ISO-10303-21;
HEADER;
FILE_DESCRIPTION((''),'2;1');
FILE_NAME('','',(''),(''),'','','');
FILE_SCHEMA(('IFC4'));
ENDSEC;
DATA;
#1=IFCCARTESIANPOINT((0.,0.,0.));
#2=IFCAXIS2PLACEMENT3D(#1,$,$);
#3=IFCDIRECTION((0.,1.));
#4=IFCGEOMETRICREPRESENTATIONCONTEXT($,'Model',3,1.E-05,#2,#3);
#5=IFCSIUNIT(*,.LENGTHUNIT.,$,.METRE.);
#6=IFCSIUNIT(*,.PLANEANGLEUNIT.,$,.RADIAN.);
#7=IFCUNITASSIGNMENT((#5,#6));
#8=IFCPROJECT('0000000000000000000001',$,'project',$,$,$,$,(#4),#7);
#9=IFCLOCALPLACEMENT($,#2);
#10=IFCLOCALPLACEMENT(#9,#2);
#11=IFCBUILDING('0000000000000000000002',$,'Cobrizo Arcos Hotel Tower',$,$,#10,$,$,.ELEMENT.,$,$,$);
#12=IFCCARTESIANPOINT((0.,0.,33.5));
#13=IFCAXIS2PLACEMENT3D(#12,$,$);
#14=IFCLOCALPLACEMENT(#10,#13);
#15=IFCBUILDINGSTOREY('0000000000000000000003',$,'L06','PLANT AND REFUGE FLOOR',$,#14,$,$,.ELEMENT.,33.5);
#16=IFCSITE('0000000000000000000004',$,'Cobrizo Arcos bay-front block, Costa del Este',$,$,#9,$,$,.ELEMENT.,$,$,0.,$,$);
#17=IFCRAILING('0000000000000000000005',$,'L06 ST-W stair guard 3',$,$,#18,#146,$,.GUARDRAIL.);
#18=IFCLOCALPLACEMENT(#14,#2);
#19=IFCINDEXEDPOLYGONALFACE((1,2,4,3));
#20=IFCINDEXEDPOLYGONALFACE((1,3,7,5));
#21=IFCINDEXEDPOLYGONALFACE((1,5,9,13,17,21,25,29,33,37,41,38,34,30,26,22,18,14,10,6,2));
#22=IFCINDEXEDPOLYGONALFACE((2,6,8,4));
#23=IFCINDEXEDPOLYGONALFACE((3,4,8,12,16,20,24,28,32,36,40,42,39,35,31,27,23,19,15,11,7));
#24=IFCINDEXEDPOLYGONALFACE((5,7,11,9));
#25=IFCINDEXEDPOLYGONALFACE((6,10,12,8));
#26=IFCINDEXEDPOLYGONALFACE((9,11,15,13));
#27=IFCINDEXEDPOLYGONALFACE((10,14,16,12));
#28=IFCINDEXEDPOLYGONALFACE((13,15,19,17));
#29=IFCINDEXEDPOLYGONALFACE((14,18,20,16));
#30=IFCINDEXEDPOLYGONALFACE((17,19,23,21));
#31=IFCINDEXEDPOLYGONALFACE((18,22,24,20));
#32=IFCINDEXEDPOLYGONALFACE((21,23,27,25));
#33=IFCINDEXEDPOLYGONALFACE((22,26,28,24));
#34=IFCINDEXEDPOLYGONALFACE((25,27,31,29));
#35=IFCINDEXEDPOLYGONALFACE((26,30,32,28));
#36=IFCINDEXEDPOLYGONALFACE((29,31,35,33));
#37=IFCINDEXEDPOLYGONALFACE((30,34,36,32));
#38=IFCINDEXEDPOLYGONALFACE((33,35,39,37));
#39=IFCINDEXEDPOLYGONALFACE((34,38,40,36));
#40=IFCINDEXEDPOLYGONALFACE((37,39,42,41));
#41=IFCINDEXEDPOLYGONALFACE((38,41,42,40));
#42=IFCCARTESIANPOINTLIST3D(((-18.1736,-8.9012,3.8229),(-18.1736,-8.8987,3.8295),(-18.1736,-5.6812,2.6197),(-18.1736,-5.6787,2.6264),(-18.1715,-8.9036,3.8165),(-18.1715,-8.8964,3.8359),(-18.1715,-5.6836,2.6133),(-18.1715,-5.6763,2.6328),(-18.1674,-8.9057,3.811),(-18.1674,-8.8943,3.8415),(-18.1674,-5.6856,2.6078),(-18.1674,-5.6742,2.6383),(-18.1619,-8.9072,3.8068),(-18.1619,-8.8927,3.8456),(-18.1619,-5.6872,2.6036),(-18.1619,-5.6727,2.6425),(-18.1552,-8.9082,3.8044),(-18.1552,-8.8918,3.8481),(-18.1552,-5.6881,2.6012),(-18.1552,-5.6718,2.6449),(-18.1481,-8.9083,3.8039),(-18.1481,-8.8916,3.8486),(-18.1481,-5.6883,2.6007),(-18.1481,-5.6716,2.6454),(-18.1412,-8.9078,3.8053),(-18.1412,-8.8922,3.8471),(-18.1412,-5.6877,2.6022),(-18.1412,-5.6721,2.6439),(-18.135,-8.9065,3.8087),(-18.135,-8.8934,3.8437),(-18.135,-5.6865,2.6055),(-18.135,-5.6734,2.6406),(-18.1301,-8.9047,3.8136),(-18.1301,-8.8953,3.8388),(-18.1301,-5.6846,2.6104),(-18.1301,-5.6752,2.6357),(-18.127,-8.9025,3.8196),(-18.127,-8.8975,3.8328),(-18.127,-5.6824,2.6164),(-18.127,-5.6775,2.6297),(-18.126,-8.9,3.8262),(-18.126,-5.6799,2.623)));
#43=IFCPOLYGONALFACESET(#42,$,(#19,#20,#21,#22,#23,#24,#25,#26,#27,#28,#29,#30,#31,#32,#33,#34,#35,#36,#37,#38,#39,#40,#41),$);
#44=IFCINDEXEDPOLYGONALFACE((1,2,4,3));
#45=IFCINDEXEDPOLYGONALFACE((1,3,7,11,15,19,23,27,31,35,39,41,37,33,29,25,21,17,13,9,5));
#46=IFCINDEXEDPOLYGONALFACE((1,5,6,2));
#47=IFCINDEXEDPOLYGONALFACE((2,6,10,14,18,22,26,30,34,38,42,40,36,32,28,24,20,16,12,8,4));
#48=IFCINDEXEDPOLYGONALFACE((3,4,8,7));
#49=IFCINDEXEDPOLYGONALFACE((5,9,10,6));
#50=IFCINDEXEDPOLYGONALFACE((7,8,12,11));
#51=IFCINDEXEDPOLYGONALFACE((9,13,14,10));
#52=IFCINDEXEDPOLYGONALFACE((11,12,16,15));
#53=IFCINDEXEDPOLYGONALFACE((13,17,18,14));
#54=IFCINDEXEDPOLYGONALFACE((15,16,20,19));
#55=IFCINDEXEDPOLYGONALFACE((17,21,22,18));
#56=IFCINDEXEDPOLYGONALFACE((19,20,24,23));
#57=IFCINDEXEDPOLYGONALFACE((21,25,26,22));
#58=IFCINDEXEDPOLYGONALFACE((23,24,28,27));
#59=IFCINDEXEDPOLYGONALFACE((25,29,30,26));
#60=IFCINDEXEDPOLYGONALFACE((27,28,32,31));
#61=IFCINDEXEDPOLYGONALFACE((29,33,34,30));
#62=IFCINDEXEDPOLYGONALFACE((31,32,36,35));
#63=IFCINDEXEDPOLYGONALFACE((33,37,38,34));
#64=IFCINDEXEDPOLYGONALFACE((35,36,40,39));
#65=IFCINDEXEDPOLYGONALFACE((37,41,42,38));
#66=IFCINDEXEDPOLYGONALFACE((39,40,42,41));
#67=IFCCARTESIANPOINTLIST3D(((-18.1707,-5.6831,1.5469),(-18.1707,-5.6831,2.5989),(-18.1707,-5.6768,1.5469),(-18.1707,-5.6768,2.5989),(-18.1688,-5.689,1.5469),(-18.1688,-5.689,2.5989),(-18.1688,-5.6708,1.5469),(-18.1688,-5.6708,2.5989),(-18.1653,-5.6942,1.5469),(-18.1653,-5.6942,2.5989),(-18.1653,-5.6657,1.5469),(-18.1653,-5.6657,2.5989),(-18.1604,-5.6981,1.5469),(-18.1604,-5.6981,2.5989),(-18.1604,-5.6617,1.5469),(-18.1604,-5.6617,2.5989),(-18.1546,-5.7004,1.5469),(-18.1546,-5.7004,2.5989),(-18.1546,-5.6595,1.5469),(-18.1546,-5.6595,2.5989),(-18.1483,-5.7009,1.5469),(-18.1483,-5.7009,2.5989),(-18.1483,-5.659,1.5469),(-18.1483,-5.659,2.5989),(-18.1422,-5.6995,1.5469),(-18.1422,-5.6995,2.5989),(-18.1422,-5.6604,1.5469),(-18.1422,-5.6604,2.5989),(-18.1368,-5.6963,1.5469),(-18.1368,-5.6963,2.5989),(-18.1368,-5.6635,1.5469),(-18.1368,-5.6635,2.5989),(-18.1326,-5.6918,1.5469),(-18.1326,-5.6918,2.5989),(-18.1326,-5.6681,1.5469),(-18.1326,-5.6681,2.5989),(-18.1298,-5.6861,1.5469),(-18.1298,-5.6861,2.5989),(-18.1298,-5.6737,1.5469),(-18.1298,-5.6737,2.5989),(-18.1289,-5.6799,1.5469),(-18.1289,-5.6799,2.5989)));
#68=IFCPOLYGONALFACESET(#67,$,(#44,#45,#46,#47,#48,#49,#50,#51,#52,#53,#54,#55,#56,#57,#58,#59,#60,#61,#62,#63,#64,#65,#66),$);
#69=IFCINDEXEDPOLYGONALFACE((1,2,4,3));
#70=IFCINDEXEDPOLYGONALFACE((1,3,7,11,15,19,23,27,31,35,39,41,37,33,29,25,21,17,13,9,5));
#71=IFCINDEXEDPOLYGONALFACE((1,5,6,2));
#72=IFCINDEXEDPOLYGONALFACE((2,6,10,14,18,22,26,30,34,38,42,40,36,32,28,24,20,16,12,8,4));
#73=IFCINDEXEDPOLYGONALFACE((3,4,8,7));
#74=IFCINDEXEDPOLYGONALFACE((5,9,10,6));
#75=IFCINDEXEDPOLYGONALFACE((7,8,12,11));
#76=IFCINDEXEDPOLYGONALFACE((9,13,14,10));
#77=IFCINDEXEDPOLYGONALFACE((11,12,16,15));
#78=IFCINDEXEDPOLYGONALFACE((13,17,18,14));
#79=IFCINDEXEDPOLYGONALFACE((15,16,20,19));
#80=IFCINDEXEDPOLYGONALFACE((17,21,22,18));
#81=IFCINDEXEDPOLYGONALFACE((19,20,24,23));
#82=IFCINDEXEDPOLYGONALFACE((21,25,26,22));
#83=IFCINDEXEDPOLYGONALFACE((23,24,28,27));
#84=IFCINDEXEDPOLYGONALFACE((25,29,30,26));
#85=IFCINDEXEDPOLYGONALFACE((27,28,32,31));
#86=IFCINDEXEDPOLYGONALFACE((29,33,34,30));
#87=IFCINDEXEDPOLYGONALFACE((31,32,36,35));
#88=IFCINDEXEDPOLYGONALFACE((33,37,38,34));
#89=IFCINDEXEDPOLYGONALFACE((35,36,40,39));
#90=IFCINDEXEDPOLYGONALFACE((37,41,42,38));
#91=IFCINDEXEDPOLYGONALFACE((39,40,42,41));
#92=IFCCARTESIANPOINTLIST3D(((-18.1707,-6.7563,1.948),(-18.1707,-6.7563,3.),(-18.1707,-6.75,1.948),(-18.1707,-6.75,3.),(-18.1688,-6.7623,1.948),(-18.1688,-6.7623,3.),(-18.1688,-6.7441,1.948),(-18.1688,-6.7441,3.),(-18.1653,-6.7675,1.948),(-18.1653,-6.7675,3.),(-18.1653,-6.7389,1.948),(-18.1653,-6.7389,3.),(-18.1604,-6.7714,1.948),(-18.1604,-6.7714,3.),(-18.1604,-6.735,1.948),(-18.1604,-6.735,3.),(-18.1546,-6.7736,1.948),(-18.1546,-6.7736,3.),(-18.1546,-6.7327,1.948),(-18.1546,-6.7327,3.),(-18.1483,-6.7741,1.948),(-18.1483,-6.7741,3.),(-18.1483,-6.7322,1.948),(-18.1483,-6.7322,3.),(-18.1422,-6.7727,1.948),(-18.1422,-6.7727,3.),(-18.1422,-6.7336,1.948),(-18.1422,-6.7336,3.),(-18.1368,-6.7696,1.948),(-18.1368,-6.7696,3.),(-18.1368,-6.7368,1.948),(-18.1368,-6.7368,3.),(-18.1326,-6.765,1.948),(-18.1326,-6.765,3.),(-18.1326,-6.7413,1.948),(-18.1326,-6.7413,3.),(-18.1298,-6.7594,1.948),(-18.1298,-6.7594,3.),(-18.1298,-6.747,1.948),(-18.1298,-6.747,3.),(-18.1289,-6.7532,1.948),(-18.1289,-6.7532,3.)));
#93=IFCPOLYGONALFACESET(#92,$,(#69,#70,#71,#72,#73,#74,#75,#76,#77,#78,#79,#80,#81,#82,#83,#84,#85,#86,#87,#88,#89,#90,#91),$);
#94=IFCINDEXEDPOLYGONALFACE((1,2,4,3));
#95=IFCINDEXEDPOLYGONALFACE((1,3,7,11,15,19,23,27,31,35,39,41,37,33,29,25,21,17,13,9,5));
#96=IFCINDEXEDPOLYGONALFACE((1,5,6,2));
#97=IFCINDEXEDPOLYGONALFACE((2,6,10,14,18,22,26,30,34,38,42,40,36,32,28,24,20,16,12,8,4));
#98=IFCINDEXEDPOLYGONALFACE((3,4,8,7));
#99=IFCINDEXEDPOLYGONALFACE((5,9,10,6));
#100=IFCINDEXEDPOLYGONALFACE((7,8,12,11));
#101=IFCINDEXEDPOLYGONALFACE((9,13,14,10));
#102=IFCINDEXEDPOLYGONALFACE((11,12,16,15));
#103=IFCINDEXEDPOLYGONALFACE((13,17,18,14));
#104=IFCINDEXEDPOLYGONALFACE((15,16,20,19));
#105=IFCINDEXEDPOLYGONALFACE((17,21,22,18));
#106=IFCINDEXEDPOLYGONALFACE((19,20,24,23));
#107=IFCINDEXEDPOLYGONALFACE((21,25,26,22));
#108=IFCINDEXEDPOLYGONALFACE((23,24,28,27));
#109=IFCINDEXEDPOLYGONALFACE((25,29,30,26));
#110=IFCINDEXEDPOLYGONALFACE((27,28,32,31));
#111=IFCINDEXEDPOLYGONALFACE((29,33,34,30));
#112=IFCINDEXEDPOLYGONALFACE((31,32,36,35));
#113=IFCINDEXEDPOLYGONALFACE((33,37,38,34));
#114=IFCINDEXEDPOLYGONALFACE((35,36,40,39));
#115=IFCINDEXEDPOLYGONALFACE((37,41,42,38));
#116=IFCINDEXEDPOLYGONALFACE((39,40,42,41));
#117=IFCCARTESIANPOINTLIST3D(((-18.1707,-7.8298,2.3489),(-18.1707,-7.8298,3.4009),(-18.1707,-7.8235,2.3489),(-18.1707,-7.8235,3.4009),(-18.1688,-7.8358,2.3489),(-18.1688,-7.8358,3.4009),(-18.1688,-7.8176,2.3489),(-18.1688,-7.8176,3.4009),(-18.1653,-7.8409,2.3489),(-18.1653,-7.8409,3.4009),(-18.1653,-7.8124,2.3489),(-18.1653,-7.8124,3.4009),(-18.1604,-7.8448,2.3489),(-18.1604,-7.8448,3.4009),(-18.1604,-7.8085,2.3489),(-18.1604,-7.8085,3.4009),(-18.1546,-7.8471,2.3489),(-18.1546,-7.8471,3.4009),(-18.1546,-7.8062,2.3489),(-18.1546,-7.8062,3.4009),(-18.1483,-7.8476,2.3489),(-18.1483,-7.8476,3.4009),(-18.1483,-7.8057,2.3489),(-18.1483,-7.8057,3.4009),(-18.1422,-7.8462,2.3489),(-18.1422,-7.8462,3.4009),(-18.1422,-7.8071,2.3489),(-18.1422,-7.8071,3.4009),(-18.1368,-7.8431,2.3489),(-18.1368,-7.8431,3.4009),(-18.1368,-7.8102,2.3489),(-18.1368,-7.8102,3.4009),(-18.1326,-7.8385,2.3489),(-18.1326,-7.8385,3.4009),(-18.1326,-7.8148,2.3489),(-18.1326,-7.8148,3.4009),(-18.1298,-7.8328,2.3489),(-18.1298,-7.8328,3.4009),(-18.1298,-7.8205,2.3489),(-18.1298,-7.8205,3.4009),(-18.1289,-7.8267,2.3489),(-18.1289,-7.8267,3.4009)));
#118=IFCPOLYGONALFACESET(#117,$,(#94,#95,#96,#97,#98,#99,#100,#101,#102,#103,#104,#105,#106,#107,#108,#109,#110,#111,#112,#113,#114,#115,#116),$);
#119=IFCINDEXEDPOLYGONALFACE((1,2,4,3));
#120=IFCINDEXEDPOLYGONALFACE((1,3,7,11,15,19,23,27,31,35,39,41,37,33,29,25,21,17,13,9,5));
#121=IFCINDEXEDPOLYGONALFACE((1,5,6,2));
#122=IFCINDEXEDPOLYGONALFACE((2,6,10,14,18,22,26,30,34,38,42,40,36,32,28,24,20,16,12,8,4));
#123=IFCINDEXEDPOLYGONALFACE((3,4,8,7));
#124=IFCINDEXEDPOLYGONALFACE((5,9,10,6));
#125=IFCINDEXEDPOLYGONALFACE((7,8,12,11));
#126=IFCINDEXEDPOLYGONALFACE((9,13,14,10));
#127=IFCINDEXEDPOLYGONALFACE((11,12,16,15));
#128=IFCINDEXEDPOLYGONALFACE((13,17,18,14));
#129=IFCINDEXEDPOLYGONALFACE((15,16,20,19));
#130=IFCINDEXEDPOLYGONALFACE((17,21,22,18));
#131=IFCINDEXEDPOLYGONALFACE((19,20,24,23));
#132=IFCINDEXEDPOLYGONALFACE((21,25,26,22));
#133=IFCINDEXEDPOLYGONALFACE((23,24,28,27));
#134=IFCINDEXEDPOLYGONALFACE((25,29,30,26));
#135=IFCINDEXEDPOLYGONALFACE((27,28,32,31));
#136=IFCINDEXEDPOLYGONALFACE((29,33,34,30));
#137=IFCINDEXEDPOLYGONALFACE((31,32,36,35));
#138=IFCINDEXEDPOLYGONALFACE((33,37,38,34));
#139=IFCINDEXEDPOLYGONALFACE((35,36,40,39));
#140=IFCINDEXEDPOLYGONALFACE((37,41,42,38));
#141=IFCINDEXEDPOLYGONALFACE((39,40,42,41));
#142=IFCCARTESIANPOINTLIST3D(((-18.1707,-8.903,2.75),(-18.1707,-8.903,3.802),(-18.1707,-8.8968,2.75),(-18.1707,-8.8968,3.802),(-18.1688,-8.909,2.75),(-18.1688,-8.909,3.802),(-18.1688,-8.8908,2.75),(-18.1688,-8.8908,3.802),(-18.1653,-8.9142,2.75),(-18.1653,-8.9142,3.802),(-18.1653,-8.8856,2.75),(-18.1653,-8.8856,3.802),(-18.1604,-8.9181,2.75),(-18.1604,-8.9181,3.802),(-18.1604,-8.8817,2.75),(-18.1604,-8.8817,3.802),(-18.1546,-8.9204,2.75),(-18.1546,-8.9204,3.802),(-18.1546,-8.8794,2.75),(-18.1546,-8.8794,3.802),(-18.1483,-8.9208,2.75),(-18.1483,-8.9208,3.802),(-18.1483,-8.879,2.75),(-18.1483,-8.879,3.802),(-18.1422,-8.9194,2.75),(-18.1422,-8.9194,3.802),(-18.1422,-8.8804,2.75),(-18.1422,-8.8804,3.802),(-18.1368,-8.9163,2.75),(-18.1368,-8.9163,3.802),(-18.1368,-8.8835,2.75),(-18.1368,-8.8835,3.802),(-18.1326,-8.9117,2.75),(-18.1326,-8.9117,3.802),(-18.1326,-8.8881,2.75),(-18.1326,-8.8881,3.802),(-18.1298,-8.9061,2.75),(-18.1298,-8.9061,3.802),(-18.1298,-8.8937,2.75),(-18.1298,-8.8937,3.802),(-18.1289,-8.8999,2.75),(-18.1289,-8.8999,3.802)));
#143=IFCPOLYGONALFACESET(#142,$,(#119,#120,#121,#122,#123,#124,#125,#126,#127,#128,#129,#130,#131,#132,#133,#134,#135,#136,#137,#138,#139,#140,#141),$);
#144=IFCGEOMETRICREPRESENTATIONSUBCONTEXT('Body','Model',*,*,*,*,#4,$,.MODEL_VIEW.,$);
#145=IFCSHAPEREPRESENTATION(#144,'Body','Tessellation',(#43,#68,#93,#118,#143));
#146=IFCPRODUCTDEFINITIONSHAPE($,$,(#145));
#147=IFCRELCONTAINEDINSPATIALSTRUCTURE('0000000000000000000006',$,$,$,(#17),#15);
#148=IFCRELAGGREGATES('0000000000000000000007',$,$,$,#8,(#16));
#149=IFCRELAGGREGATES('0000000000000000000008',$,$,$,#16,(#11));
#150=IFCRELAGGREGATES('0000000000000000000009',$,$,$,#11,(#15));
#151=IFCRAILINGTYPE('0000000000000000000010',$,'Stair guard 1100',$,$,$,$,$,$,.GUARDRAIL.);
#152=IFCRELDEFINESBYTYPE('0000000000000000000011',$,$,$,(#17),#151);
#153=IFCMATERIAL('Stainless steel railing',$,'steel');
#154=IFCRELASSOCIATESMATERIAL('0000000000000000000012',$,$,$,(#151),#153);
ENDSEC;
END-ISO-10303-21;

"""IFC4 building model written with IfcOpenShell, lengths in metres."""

from ifc_helpers import new_model, si_unit, direction, frame, origin, origin_2d, place, context, subcontext, project, spatial, circle, extrude, material, type_object, element, save


model = new_model("IFC4")

# Units and contexts
model_context = context("Model", 3, precision=1e-05, world=origin(), true_north=direction((0.0, 1.0)))
body_context = subcontext(model_context, "Body", "Model", "MODEL_VIEW")
ifc_project = project(units=[si_unit("LENGTHUNIT", "METRE"), si_unit("PLANEANGLEUNIT", "RADIAN")], contexts=[model_context])

# Site, building, storey
site_placement = place(None, origin())
site = spatial("IfcSite", under=ifc_project, at=site_placement, Name="Cobrizo Arcos bay-front block, Costa del Este", CompositionType="ELEMENT", RefElevation=0.0)
building_placement = place(site_placement, origin())
building = spatial("IfcBuilding", under=site, at=building_placement, Name="Cobrizo Arcos Hotel Tower", CompositionType="ELEMENT")
storey_placement = place(building_placement, frame((0.0, 0.0, 33.5)))
storey = spatial("IfcBuildingStorey", under=building, at=storey_placement, Name="L06", Description="PLANT AND REFUGE FLOOR", CompositionType="ELEMENT", Elevation=33.5)

# Railing
ifc_material_1 = material(Name="Stainless steel railing", Category="steel")
railing_type_1 = type_object("IfcRailingType", Name="Stair guard 1100", PredefinedType="GUARDRAIL", material=ifc_material_1)
railing_1_placement = place(storey_placement, frame((-18.1499, -5.6799, 1.5469)))
element("IfcRailing", 1, at=railing_1_placement, inside=storey, type_object=railing_type_1, Name="L06 ST-W stair guard 3", PredefinedType="GUARDRAIL", context=body_context, shape_type="SweptSolid", body=[
    extrude(circle(Radius=0.0239, at=origin_2d()), frame((0.0, 0.0, 1.0762), z_axis=(0.0, -0.936746, 0.35001), x_axis=(1.0, 0.0, 0.0)), (0.0, 0.0, 1.0), 3.4375),
    extrude(circle(Radius=0.021, at=origin_2d()), origin(), (0.0, 0.0, 1.0), 1.052),
    extrude(circle(Radius=0.021, at=origin_2d()), frame((0.0, -1.0732, 0.4011)), (0.0, 0.0, 1.0), 1.052),
    extrude(circle(Radius=0.021, at=origin_2d()), frame((0.0, -2.1467, 0.802)), (0.0, 0.0, 1.0), 1.052),
    extrude(circle(Radius=0.021, at=origin_2d()), frame((0.0, -3.22, 1.2031)), (0.0, 0.0, 1.0), 1.052),
])

save(model, "model.ifc")
